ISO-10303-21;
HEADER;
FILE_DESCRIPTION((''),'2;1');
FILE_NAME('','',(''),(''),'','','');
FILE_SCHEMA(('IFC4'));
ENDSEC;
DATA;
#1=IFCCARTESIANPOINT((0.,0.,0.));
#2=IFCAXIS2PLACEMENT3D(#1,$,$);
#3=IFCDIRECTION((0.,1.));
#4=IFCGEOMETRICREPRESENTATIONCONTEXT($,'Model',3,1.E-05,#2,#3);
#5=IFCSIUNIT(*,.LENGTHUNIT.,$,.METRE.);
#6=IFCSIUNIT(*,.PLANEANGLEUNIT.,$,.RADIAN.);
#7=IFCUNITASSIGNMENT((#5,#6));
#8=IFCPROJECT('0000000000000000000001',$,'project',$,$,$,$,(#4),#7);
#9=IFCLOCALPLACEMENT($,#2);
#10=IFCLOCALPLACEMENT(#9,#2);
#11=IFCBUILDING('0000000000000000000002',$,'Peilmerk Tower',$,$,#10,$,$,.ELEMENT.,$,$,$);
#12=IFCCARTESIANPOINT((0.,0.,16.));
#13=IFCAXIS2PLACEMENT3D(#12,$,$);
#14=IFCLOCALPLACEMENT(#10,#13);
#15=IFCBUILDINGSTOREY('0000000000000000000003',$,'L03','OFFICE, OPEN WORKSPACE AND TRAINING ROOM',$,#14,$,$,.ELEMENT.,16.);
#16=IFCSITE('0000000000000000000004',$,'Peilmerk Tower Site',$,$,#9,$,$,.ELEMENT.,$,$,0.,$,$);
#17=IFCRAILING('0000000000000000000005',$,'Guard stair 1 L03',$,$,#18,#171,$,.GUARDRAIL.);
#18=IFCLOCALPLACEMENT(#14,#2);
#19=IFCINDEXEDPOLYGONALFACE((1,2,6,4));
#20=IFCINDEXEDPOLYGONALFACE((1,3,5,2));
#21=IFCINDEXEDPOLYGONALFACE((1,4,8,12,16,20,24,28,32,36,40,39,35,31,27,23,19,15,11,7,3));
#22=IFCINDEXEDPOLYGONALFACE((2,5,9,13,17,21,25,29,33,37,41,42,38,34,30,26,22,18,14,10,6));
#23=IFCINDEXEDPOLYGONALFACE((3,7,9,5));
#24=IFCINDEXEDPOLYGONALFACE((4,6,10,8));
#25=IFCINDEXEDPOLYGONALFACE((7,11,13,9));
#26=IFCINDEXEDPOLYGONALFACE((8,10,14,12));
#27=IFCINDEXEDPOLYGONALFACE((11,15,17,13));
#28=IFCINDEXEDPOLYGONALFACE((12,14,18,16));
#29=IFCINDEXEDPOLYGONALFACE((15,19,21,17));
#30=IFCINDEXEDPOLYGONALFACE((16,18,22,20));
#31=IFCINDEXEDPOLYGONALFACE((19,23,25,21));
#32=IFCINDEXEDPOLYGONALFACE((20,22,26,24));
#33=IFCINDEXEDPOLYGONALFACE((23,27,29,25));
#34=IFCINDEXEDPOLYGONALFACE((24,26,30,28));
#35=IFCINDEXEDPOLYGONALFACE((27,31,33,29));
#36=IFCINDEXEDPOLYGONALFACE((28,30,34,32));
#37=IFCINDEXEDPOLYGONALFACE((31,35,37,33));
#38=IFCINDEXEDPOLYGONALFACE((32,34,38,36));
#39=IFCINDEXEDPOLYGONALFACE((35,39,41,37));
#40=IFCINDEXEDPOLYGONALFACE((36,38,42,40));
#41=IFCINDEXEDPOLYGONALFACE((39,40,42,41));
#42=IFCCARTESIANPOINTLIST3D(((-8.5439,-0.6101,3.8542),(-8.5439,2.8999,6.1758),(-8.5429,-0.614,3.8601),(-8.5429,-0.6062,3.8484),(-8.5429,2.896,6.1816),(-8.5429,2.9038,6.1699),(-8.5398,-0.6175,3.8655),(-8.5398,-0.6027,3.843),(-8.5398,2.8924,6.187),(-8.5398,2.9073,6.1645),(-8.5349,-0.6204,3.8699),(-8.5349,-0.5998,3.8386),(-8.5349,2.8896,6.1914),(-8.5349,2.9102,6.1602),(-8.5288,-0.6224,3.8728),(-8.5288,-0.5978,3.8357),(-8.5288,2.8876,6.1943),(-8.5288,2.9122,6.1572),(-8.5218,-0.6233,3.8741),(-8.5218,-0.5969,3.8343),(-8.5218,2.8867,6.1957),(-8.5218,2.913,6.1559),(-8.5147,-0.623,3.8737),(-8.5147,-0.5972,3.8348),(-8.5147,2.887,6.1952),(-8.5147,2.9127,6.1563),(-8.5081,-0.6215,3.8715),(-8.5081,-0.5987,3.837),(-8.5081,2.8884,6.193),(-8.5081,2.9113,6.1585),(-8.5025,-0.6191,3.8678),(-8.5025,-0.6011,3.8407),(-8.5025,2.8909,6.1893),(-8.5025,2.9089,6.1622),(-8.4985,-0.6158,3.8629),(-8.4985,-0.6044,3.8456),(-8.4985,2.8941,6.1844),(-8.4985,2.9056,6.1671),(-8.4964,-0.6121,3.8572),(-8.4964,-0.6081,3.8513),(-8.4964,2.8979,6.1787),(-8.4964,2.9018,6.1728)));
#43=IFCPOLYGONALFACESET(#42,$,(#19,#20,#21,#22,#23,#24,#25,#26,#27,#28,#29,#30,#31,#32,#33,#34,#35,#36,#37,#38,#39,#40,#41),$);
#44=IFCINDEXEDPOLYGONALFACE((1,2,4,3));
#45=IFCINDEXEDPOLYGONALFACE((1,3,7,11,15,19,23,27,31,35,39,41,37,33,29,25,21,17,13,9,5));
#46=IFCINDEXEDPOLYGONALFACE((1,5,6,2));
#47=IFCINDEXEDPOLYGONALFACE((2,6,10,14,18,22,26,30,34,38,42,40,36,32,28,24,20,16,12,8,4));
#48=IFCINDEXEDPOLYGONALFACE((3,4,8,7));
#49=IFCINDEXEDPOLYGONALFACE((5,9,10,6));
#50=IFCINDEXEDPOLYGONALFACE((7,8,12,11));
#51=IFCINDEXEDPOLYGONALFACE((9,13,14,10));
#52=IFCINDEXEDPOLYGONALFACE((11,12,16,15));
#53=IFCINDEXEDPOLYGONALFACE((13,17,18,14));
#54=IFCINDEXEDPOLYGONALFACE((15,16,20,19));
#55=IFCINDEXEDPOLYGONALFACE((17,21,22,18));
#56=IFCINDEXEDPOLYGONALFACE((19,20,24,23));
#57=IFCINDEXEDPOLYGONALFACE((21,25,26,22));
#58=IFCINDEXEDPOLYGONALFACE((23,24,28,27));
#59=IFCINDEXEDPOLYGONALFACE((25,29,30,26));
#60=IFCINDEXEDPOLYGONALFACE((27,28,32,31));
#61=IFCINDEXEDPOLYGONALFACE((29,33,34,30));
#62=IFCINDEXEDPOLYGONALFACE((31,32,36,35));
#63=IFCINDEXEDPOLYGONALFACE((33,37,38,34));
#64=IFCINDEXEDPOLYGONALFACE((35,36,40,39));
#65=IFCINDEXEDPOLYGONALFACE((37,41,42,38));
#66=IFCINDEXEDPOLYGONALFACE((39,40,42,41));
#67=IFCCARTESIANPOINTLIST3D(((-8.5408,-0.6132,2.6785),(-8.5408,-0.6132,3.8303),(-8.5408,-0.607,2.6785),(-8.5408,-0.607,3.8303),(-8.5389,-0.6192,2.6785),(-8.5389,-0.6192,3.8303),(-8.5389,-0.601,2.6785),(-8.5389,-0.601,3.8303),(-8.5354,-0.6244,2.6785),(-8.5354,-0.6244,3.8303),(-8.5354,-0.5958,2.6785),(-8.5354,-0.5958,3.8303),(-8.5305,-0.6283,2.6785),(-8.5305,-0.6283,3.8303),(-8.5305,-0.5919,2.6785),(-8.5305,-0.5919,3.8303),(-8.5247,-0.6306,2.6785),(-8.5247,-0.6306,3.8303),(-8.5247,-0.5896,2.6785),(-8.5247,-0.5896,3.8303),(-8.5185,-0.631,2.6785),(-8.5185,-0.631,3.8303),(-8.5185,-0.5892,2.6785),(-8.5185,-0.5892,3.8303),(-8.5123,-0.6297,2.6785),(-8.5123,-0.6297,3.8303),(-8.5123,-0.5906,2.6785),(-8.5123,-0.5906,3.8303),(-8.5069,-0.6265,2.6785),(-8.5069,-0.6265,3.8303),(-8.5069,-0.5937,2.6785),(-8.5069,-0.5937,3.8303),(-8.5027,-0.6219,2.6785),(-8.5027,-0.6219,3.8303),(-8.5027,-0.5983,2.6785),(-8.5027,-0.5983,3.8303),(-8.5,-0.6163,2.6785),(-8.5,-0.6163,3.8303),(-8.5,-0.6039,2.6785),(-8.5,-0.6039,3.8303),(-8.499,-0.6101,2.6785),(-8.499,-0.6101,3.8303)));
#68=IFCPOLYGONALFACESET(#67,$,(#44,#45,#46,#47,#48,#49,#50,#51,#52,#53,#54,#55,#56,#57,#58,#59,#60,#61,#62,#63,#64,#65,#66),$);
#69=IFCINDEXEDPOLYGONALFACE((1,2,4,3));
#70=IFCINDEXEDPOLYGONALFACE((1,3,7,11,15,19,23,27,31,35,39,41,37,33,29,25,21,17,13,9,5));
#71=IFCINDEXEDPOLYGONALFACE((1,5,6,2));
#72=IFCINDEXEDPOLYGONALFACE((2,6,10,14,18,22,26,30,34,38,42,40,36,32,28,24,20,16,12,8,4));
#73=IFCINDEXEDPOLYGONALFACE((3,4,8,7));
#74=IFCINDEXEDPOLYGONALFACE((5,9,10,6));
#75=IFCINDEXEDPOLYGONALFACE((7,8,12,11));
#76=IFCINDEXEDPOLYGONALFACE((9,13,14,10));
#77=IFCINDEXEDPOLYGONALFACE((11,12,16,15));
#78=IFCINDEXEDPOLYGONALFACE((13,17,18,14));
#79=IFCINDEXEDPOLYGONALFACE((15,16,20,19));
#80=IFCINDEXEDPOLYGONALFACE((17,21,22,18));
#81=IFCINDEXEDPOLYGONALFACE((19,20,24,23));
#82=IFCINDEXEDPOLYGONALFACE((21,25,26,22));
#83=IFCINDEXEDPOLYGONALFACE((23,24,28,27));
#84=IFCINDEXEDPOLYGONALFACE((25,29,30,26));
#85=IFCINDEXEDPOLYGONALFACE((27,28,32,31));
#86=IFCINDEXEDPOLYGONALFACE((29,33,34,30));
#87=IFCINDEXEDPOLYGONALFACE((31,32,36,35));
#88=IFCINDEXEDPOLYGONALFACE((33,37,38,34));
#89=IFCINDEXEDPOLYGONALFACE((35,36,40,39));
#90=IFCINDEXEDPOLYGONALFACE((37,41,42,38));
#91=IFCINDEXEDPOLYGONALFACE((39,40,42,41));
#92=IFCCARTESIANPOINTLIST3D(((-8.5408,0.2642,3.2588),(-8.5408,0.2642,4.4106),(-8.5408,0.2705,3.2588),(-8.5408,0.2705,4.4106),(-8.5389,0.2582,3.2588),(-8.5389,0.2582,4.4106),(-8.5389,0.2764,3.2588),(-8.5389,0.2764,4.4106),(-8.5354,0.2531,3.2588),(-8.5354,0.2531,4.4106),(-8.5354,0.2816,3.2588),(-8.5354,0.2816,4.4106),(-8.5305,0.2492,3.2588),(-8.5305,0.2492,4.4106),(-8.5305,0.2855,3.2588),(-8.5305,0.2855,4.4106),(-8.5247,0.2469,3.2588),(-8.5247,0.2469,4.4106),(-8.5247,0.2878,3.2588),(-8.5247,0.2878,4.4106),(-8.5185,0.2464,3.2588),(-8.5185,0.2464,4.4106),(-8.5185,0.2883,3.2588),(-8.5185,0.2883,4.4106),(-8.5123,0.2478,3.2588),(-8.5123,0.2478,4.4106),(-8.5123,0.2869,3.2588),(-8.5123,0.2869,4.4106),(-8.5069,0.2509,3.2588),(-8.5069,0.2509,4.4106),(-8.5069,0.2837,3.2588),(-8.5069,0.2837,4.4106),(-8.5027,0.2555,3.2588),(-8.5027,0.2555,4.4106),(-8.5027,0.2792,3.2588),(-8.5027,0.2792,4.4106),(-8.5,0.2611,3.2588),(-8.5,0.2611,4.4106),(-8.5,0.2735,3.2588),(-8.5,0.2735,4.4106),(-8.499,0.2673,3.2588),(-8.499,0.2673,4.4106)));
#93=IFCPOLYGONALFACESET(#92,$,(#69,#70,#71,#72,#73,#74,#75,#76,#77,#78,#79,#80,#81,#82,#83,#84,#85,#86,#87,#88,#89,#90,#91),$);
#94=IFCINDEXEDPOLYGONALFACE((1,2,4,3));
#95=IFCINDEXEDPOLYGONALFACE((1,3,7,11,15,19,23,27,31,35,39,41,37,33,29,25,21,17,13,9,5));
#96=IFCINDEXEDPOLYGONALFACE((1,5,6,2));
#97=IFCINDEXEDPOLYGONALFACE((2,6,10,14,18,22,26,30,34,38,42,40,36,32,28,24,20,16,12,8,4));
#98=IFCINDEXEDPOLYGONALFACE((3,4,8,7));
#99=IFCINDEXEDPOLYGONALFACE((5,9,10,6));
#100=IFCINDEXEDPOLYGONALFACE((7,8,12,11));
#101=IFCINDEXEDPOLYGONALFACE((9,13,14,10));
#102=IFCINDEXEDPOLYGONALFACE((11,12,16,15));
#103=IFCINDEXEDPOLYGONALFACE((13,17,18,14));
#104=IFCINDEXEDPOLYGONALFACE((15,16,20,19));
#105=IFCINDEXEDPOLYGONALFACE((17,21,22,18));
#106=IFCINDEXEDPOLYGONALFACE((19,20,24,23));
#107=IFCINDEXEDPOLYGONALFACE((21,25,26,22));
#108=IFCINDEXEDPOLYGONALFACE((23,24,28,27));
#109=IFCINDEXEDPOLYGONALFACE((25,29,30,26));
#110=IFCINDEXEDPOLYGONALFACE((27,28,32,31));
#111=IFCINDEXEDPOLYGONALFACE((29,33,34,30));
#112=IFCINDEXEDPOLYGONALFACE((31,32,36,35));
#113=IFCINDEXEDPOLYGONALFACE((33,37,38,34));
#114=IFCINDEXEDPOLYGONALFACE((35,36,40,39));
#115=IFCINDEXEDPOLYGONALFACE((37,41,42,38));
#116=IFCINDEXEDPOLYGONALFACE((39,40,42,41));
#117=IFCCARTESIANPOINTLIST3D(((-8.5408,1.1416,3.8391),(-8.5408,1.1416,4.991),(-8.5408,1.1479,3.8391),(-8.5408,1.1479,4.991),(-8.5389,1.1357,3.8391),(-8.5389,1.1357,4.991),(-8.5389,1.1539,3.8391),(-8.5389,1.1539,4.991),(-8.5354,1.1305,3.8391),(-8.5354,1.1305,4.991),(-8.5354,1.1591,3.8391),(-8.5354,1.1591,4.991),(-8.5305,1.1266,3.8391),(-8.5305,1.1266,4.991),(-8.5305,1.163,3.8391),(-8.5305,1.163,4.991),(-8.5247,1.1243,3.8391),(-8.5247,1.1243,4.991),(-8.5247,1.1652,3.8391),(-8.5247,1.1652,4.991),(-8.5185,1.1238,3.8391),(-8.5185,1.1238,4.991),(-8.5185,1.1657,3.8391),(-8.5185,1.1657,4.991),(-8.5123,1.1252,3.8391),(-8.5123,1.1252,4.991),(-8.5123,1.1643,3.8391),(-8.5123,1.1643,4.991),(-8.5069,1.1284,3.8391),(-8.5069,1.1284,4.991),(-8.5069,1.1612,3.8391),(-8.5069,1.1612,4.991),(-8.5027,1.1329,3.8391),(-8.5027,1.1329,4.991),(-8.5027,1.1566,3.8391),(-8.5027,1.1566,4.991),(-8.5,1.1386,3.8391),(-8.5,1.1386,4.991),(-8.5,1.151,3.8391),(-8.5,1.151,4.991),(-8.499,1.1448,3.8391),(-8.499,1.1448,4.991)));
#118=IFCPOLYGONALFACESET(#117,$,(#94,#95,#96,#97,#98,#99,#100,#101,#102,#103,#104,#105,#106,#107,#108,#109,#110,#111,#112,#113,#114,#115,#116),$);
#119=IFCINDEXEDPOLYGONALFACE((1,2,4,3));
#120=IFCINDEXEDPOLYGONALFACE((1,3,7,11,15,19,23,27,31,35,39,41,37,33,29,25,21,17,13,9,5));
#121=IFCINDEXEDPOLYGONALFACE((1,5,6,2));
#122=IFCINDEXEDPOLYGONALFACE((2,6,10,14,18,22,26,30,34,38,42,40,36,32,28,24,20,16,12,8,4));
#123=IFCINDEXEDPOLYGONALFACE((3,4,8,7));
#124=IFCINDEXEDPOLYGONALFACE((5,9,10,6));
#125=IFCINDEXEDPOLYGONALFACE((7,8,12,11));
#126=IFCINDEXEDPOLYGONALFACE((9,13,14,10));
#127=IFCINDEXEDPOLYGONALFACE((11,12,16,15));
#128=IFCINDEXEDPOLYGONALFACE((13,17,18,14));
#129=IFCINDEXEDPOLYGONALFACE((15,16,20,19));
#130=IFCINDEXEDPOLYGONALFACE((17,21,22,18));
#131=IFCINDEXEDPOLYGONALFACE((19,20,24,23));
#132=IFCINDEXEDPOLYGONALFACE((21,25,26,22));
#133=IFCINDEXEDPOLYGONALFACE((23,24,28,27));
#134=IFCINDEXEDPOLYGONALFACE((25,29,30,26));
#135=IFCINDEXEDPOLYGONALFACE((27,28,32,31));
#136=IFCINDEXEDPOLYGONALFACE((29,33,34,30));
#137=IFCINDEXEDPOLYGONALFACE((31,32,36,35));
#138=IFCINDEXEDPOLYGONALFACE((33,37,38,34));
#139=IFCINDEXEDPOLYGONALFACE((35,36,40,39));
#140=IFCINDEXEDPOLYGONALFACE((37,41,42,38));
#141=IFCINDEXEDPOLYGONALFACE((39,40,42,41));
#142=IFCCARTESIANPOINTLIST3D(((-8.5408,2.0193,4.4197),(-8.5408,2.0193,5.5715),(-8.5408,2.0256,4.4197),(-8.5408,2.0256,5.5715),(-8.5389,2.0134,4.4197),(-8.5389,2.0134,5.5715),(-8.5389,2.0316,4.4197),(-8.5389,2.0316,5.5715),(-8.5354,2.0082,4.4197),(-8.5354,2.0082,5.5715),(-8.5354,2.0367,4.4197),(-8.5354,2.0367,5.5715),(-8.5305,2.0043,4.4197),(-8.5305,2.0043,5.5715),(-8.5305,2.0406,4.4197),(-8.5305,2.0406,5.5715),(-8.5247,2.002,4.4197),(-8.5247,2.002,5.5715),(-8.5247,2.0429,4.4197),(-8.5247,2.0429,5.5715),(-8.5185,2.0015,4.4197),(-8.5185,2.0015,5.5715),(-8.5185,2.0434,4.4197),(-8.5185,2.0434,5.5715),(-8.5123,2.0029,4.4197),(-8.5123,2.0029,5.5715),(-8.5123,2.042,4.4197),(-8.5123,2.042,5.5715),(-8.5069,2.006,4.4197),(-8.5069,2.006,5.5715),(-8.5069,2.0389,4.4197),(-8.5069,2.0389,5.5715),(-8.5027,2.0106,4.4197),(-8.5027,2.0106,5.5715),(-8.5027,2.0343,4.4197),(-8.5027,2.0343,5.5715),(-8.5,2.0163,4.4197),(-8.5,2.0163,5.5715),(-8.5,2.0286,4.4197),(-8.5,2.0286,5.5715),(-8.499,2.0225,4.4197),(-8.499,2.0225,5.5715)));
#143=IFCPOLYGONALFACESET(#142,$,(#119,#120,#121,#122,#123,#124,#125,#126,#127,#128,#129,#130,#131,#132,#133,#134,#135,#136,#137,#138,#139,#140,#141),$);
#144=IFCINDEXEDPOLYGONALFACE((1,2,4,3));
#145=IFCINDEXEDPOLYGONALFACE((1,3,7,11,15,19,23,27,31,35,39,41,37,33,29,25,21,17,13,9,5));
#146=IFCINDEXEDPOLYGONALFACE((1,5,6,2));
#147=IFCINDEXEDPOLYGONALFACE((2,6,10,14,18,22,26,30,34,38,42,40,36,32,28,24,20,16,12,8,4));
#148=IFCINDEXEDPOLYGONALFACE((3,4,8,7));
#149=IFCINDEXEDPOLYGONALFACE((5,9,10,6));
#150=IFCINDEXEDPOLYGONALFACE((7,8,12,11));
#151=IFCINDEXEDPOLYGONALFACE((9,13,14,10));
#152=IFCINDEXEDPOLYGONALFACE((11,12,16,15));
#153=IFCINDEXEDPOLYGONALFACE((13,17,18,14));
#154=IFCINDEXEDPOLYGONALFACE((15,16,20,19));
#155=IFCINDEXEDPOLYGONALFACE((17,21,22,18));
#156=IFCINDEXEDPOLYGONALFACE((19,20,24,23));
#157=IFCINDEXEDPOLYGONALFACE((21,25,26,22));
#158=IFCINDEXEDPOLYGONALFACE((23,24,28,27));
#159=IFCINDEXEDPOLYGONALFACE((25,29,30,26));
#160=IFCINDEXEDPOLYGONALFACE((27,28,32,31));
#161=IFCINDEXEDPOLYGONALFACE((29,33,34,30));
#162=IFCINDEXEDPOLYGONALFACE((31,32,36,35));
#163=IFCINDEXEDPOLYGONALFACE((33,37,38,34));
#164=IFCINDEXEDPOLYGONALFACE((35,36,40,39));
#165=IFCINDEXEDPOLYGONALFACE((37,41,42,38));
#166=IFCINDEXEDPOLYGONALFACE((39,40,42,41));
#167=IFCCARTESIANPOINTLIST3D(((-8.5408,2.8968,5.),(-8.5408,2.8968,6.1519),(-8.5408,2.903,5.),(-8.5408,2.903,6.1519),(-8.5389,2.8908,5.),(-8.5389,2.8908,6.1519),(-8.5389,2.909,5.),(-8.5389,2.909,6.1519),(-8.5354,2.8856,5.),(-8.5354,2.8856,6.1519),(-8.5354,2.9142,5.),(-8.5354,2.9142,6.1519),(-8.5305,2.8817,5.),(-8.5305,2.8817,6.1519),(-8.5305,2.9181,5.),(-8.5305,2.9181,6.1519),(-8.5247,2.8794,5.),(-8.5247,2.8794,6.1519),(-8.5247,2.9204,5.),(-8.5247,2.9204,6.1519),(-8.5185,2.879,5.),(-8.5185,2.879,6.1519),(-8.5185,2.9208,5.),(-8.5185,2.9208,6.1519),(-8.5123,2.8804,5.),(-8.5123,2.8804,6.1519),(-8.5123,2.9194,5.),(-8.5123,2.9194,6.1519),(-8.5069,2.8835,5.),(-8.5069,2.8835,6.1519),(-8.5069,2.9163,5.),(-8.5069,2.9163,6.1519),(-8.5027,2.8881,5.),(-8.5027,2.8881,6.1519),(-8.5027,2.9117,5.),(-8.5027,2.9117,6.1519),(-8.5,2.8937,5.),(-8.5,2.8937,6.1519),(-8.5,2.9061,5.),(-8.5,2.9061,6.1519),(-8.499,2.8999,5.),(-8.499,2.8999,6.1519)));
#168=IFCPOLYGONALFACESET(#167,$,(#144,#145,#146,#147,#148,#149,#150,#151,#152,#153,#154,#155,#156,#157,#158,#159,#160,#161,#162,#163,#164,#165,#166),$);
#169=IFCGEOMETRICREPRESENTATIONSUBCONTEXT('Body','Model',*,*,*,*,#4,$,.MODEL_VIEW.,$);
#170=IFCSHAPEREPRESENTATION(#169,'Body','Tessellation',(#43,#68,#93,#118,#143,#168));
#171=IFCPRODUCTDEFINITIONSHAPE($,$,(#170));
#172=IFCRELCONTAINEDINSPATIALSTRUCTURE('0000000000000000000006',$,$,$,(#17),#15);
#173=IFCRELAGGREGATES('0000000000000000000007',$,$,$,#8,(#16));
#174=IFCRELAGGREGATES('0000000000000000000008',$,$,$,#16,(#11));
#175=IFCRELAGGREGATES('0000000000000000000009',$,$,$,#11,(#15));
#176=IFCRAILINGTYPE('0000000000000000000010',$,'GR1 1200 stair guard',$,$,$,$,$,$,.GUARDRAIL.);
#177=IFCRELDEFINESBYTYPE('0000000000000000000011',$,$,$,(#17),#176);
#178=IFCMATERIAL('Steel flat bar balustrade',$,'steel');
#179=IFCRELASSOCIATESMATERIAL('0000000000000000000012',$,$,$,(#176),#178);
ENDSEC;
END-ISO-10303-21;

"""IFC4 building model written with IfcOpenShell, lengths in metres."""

from ifc_helpers import new_model, si_unit, direction, frame, origin, origin_2d, place, context, subcontext, project, spatial, circle, extrude, material, type_object, element, save


model = new_model("IFC4")

# Units and contexts
model_context = context("Model", 3, precision=1e-05, world=origin(), true_north=direction((0.0, 1.0)))
body_context = subcontext(model_context, "Body", "Model", "MODEL_VIEW")
ifc_project = project(units=[si_unit("LENGTHUNIT", "METRE"), si_unit("PLANEANGLEUNIT", "RADIAN")], contexts=[model_context])

# Site, building, storey
site_placement = place(None, origin())
site = spatial("IfcSite", under=ifc_project, at=site_placement, Name="Peilmerk Tower Site", CompositionType="ELEMENT", RefElevation=0.0)
building_placement = place(site_placement, origin())
building = spatial("IfcBuilding", under=site, at=building_placement, Name="Peilmerk Tower", CompositionType="ELEMENT")
storey_placement = place(building_placement, frame((0.0, 0.0, 16.0)))
storey = spatial("IfcBuildingStorey", under=building, at=storey_placement, Name="L03", Description="OFFICE, OPEN WORKSPACE AND TRAINING ROOM", CompositionType="ELEMENT", Elevation=16.0)

# Railing
ifc_material_1 = material(Name="Steel flat bar balustrade", Category="steel")
railing_type_1 = type_object("IfcRailingType", Name="GR1 1200 stair guard", PredefinedType="GUARDRAIL", material=ifc_material_1)
railing_1_placement = place(storey_placement, frame((-8.52, -0.6101, 2.6785)))
element("IfcRailing", 1, at=railing_1_placement, inside=storey, type_object=railing_type_1, Name="Guard stair 1 L03", PredefinedType="GUARDRAIL", context=body_context, shape_type="SweptSolid", body=[
    extrude(circle(Radius=0.0239, at=origin_2d()), frame((0.0, 0.0, 1.1758), z_axis=(0.0, 0.834071, 0.551657), x_axis=(-1.0, 0.0, 0.0)), (0.0, 0.0, 1.0), 4.2083),
    extrude(circle(Radius=0.021, at=origin_2d()), origin(), (0.0, 0.0, 1.0), 1.1519),
    extrude(circle(Radius=0.021, at=origin_2d()), frame((0.0, 0.8774, 0.5803)), (0.0, 0.0, 1.0), 1.1519),
    extrude(circle(Radius=0.021, at=origin_2d()), frame((0.0, 1.7549, 1.1606)), (0.0, 0.0, 1.0), 1.1519),
    extrude(circle(Radius=0.021, at=origin_2d()), frame((0.0, 2.6326, 1.7412)), (0.0, 0.0, 1.0), 1.1519),
    extrude(circle(Radius=0.021, at=origin_2d()), frame((0.0, 3.51, 2.3215)), (0.0, 0.0, 1.0), 1.1519),
])

save(model, "model.ifc")
